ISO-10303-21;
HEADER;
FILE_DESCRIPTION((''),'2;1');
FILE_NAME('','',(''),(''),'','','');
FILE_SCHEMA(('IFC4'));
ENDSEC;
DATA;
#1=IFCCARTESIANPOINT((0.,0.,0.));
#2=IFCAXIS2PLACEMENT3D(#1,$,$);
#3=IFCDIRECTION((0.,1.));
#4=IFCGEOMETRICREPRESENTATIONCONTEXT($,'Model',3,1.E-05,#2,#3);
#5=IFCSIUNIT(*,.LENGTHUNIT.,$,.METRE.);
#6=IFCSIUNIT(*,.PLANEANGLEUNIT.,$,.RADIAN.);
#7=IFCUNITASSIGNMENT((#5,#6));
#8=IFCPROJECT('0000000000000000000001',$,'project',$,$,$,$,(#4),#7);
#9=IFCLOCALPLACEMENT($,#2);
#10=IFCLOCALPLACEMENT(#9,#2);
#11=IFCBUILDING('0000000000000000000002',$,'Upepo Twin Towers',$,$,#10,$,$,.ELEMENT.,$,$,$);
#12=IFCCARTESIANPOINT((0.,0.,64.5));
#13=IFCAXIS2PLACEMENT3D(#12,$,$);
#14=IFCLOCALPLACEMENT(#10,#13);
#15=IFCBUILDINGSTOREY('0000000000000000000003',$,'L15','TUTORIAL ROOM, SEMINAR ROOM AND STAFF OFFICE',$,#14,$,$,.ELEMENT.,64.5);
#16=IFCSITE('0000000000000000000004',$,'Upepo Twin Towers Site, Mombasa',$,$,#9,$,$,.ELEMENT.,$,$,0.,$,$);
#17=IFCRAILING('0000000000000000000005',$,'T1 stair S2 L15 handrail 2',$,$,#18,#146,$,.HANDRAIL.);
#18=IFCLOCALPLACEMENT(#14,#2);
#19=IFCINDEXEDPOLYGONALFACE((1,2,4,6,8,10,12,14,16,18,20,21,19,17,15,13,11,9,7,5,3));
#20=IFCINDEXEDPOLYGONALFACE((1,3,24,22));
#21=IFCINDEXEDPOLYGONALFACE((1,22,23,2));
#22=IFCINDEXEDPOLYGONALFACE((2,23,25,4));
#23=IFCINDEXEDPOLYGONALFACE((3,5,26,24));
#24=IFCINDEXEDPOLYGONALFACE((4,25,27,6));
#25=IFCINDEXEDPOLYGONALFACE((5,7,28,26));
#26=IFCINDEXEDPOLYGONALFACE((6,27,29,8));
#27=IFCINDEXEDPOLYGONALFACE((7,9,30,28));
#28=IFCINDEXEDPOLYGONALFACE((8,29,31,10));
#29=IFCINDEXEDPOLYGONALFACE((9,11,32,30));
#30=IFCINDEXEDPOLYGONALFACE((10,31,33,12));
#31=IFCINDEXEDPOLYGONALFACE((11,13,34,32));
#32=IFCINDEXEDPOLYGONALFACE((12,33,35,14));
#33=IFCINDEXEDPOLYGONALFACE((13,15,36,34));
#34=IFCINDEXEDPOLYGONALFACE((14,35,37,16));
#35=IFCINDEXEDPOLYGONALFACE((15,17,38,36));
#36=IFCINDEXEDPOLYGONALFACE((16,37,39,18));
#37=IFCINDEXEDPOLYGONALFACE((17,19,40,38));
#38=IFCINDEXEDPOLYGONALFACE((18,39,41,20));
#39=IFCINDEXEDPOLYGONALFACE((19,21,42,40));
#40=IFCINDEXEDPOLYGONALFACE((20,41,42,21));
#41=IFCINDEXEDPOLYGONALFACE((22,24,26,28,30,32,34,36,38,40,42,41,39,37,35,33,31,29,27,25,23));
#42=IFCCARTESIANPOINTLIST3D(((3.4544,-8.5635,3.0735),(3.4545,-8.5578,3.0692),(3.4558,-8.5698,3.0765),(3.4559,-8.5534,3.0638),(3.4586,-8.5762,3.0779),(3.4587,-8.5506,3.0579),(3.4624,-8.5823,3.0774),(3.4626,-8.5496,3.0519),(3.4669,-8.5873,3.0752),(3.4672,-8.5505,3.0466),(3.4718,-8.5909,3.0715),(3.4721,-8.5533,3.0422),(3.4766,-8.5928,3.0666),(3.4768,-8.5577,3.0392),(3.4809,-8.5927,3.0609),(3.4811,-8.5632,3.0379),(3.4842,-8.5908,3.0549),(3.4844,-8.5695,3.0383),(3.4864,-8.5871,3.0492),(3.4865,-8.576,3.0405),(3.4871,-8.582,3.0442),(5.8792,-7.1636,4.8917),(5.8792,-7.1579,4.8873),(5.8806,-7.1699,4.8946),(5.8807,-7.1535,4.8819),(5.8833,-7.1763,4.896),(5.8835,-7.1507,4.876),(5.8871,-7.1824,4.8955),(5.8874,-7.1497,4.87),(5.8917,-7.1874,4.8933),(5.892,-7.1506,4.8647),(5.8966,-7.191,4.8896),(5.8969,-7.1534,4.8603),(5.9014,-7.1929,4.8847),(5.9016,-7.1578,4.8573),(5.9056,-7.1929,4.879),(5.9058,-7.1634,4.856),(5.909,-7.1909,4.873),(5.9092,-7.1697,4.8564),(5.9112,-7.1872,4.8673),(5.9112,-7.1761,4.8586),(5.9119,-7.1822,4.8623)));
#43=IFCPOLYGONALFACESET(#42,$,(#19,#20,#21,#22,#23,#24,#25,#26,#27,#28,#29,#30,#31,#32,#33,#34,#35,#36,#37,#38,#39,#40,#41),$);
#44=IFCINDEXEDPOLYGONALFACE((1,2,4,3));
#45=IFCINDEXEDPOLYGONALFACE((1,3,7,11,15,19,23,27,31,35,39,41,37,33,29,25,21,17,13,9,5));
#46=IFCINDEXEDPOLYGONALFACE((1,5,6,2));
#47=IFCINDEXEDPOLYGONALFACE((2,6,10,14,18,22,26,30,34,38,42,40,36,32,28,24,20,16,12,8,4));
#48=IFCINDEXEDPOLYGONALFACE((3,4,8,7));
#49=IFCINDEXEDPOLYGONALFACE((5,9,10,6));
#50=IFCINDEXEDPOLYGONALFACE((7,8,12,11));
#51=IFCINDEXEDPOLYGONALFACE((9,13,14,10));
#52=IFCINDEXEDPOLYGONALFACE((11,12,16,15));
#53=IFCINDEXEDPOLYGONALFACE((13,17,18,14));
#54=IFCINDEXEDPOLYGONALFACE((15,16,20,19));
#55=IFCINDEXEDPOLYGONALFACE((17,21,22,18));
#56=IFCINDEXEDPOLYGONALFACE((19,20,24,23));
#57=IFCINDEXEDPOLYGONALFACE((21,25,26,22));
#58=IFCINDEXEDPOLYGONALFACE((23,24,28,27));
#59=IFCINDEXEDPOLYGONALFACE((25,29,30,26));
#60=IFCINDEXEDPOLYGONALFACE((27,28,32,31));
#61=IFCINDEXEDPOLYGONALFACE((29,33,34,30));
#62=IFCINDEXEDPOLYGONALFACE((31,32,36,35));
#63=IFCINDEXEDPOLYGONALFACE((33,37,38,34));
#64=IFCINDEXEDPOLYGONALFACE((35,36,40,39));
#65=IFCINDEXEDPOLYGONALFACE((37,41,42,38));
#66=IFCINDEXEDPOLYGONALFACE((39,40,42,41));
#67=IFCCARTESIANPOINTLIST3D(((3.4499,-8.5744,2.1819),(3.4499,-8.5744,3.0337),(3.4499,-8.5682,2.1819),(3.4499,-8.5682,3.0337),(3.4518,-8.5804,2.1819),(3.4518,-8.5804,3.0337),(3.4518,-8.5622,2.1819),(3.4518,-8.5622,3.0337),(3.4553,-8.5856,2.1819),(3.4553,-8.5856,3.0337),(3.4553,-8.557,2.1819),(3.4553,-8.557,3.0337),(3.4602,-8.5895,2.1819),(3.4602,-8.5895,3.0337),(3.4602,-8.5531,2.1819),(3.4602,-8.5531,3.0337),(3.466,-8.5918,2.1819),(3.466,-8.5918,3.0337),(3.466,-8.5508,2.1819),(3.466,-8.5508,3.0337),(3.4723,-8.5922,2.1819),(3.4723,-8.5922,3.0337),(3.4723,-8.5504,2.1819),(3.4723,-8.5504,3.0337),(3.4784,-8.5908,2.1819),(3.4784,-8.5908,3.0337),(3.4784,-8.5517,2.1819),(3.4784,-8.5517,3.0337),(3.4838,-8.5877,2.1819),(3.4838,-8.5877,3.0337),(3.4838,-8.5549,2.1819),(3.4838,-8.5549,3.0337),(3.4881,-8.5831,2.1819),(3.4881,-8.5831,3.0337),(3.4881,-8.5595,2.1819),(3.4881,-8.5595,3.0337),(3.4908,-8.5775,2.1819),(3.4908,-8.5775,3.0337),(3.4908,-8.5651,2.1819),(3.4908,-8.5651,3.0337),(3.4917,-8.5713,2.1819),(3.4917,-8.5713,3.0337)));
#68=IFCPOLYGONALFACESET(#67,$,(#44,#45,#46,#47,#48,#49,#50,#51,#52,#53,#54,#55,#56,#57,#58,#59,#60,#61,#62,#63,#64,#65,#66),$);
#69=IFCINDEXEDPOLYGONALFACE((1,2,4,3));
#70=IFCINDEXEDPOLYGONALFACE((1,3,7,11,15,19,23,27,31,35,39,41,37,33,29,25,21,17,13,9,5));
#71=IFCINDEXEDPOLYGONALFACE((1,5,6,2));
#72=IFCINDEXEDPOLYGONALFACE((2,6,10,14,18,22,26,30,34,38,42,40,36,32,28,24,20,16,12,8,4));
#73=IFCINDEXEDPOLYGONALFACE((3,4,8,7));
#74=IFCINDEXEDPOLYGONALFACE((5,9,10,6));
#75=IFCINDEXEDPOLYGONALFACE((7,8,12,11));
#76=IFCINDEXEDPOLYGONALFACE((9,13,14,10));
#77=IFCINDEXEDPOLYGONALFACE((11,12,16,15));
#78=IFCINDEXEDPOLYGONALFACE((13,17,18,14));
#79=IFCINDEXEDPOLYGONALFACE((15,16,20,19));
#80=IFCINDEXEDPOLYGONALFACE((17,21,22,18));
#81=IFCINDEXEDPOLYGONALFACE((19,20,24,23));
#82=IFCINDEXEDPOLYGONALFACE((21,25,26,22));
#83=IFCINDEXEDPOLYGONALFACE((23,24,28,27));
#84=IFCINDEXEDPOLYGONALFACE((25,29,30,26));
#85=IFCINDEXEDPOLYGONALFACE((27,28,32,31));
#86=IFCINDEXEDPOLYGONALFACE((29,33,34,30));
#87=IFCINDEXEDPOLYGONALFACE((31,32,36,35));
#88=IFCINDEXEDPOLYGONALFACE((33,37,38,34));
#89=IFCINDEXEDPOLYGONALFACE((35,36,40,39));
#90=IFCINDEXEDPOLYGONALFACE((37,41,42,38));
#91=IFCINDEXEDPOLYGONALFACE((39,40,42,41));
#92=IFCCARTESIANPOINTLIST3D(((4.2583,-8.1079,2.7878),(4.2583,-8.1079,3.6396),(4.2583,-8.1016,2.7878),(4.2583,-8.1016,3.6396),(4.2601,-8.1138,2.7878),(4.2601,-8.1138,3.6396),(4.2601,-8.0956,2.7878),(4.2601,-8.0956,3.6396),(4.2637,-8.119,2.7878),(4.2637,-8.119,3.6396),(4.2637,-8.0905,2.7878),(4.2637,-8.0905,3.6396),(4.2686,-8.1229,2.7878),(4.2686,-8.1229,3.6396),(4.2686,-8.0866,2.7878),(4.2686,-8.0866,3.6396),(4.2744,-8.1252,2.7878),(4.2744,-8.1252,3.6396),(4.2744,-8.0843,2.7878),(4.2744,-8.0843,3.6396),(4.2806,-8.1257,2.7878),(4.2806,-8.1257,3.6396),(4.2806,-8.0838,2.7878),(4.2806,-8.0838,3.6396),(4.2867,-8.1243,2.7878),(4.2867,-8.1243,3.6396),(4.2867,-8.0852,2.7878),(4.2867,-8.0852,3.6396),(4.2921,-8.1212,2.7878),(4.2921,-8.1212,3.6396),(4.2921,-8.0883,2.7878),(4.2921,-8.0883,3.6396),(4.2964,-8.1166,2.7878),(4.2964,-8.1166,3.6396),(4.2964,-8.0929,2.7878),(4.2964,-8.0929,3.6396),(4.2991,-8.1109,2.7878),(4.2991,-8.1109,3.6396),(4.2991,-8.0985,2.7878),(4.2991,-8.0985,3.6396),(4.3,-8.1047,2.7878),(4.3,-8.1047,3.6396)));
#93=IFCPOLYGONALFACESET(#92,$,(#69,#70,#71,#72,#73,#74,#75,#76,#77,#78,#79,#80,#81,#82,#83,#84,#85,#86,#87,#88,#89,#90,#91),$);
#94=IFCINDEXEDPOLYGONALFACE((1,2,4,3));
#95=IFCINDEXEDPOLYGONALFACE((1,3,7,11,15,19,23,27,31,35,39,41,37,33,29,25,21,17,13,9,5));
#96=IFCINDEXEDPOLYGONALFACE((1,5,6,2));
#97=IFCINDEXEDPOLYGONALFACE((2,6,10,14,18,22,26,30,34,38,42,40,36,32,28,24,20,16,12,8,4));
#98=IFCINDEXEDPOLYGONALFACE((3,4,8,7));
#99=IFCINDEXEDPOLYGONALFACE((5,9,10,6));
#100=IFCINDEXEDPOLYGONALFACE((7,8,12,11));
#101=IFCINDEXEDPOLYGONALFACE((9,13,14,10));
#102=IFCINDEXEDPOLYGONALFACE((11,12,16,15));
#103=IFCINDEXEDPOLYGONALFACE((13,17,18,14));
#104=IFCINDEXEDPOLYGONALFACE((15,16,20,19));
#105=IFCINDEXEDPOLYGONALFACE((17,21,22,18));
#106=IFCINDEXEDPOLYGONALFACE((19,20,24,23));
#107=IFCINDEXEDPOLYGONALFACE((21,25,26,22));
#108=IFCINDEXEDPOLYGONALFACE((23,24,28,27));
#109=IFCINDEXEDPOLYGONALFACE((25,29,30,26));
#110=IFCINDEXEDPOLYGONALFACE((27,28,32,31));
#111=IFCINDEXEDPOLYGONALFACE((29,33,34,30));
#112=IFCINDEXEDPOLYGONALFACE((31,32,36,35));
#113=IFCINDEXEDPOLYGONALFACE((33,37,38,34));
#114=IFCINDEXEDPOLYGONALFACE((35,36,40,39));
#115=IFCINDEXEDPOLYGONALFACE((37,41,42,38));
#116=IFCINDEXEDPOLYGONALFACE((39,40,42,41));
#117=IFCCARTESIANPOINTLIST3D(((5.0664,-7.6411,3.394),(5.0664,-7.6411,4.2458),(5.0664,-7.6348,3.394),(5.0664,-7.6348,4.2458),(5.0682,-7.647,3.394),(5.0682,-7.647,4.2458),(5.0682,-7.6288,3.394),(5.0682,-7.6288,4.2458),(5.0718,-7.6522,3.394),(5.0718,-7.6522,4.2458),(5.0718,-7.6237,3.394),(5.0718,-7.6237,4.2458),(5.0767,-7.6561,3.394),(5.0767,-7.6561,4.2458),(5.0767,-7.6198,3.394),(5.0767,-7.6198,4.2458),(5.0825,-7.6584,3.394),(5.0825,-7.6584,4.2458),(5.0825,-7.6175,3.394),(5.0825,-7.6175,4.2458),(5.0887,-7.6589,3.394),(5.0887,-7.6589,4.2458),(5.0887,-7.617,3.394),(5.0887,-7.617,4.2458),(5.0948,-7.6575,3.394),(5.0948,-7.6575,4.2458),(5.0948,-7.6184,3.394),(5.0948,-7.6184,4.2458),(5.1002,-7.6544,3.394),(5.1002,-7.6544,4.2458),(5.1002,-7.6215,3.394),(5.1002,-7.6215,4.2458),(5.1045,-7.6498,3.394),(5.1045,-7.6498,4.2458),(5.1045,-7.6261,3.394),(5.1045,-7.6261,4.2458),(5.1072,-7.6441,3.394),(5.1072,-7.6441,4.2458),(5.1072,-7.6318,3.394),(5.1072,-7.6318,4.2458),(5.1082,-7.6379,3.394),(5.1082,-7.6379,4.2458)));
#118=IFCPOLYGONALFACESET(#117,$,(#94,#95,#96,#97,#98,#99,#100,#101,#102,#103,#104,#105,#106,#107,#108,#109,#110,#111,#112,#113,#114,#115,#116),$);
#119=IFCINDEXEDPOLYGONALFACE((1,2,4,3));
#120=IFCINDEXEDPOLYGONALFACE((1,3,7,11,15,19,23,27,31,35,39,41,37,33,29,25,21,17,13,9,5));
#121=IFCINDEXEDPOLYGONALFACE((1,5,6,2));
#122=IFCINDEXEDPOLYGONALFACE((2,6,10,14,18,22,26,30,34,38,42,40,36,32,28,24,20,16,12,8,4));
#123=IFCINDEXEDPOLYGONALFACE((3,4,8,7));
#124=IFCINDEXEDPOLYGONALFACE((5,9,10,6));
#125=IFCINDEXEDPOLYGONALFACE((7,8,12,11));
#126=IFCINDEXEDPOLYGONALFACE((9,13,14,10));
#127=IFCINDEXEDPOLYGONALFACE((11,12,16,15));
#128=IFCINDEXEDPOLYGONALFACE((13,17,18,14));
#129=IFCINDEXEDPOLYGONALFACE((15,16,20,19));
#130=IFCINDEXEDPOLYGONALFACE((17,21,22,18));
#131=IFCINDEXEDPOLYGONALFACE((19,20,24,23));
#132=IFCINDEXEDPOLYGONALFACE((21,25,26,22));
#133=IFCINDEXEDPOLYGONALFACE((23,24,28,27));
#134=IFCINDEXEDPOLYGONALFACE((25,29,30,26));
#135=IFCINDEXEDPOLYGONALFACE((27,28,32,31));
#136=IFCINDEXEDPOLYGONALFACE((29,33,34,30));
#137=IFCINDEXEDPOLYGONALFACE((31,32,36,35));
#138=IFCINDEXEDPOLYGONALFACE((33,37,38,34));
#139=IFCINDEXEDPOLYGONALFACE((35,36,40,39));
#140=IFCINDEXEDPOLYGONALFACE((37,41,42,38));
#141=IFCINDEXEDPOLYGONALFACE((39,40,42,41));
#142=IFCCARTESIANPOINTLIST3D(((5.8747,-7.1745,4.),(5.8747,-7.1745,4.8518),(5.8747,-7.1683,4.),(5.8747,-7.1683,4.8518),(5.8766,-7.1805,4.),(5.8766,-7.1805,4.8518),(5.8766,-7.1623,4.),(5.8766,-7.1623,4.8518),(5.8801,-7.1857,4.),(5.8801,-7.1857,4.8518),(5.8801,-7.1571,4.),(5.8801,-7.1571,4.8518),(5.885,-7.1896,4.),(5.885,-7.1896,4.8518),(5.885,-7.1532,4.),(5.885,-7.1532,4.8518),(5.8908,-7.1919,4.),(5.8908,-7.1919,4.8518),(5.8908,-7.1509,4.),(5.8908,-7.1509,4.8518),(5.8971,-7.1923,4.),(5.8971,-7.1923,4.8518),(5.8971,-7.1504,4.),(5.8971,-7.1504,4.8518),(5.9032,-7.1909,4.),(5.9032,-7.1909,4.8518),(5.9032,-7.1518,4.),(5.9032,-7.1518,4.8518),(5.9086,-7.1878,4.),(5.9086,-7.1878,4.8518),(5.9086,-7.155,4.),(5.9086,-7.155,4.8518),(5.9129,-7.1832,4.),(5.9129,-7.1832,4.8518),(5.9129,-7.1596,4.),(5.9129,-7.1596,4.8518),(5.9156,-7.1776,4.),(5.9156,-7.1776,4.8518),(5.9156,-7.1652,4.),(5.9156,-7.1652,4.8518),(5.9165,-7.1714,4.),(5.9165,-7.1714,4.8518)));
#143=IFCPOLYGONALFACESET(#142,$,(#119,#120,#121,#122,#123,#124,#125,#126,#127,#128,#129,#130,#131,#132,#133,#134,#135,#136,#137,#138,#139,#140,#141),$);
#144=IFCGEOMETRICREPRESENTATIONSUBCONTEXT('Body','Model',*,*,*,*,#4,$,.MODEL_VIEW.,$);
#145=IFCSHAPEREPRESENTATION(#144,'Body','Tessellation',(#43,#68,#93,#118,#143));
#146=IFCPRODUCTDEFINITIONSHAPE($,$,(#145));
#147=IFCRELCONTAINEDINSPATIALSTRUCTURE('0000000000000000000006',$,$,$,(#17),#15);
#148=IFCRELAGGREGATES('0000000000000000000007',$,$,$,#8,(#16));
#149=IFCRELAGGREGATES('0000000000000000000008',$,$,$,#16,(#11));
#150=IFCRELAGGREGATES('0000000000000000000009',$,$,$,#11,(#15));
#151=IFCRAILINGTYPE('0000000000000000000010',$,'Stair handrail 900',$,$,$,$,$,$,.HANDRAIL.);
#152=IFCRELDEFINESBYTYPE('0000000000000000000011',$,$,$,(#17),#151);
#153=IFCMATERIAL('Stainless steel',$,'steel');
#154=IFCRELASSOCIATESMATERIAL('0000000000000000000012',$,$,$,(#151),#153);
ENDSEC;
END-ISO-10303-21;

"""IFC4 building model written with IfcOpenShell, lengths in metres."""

from ifc_helpers import new_model, si_unit, direction, frame, origin, origin_2d, place, context, subcontext, project, spatial, circle, extrude, material, type_object, element, save


model = new_model("IFC4")

# Units and contexts
model_context = context("Model", 3, precision=1e-05, world=origin(), true_north=direction((0.0, 1.0)))
body_context = subcontext(model_context, "Body", "Model", "MODEL_VIEW")
ifc_project = project(units=[si_unit("LENGTHUNIT", "METRE"), si_unit("PLANEANGLEUNIT", "RADIAN")], contexts=[model_context])

# Site, building, storey
site_placement = place(None, origin())
site = spatial("IfcSite", under=ifc_project, at=site_placement, Name="Upepo Twin Towers Site, Mombasa", CompositionType="ELEMENT", RefElevation=0.0)
building_placement = place(site_placement, origin())
building = spatial("IfcBuilding", under=site, at=building_placement, Name="Upepo Twin Towers", CompositionType="ELEMENT")
storey_placement = place(building_placement, frame((0.0, 0.0, 64.5)))
storey = spatial("IfcBuildingStorey", under=building, at=storey_placement, Name="L15", Description="TUTORIAL ROOM, SEMINAR ROOM AND STAFF OFFICE", CompositionType="ELEMENT", Elevation=64.5)

# Railing
ifc_material_1 = material(Name="Stainless steel", Category="steel")
railing_type = type_object("IfcRailingType", Name="Stair handrail 900", PredefinedType="HANDRAIL", material=ifc_material_1)
railing_1_placement = place(storey_placement, frame((3.4707, -8.5713, 2.1819)))
element("IfcRailing", 1, at=railing_1_placement, inside=storey, type_object=railing_type, Name="T1 stair S2 L15 handrail 2", PredefinedType="HANDRAIL", context=body_context, shape_type="SweptSolid", body=[
    extrude(circle(Radius=0.0239, at=origin_2d()), frame((0.0, 0.0, 0.876), z_axis=(0.726336, 0.419333, 0.544606), x_axis=(-0.499984, 0.866035, 0.0)), (0.0, 0.0, 1.0), 3.3384),
    extrude(circle(Radius=0.021, at=origin_2d()), origin(), (0.0, 0.0, 1.0), 0.8518),
    extrude(circle(Radius=0.021, at=origin_2d()), frame((0.8083, 0.4666, 0.606)), (0.0, 0.0, 1.0), 0.8518),
    extrude(circle(Radius=0.021, at=origin_2d()), frame((1.6165, 0.9333, 1.2122)), (0.0, 0.0, 1.0), 0.8518),
    extrude(circle(Radius=0.021, at=origin_2d()), frame((2.4248, 1.3999, 1.8181)), (0.0, 0.0, 1.0), 0.8518),
])

save(model, "model.ifc")
